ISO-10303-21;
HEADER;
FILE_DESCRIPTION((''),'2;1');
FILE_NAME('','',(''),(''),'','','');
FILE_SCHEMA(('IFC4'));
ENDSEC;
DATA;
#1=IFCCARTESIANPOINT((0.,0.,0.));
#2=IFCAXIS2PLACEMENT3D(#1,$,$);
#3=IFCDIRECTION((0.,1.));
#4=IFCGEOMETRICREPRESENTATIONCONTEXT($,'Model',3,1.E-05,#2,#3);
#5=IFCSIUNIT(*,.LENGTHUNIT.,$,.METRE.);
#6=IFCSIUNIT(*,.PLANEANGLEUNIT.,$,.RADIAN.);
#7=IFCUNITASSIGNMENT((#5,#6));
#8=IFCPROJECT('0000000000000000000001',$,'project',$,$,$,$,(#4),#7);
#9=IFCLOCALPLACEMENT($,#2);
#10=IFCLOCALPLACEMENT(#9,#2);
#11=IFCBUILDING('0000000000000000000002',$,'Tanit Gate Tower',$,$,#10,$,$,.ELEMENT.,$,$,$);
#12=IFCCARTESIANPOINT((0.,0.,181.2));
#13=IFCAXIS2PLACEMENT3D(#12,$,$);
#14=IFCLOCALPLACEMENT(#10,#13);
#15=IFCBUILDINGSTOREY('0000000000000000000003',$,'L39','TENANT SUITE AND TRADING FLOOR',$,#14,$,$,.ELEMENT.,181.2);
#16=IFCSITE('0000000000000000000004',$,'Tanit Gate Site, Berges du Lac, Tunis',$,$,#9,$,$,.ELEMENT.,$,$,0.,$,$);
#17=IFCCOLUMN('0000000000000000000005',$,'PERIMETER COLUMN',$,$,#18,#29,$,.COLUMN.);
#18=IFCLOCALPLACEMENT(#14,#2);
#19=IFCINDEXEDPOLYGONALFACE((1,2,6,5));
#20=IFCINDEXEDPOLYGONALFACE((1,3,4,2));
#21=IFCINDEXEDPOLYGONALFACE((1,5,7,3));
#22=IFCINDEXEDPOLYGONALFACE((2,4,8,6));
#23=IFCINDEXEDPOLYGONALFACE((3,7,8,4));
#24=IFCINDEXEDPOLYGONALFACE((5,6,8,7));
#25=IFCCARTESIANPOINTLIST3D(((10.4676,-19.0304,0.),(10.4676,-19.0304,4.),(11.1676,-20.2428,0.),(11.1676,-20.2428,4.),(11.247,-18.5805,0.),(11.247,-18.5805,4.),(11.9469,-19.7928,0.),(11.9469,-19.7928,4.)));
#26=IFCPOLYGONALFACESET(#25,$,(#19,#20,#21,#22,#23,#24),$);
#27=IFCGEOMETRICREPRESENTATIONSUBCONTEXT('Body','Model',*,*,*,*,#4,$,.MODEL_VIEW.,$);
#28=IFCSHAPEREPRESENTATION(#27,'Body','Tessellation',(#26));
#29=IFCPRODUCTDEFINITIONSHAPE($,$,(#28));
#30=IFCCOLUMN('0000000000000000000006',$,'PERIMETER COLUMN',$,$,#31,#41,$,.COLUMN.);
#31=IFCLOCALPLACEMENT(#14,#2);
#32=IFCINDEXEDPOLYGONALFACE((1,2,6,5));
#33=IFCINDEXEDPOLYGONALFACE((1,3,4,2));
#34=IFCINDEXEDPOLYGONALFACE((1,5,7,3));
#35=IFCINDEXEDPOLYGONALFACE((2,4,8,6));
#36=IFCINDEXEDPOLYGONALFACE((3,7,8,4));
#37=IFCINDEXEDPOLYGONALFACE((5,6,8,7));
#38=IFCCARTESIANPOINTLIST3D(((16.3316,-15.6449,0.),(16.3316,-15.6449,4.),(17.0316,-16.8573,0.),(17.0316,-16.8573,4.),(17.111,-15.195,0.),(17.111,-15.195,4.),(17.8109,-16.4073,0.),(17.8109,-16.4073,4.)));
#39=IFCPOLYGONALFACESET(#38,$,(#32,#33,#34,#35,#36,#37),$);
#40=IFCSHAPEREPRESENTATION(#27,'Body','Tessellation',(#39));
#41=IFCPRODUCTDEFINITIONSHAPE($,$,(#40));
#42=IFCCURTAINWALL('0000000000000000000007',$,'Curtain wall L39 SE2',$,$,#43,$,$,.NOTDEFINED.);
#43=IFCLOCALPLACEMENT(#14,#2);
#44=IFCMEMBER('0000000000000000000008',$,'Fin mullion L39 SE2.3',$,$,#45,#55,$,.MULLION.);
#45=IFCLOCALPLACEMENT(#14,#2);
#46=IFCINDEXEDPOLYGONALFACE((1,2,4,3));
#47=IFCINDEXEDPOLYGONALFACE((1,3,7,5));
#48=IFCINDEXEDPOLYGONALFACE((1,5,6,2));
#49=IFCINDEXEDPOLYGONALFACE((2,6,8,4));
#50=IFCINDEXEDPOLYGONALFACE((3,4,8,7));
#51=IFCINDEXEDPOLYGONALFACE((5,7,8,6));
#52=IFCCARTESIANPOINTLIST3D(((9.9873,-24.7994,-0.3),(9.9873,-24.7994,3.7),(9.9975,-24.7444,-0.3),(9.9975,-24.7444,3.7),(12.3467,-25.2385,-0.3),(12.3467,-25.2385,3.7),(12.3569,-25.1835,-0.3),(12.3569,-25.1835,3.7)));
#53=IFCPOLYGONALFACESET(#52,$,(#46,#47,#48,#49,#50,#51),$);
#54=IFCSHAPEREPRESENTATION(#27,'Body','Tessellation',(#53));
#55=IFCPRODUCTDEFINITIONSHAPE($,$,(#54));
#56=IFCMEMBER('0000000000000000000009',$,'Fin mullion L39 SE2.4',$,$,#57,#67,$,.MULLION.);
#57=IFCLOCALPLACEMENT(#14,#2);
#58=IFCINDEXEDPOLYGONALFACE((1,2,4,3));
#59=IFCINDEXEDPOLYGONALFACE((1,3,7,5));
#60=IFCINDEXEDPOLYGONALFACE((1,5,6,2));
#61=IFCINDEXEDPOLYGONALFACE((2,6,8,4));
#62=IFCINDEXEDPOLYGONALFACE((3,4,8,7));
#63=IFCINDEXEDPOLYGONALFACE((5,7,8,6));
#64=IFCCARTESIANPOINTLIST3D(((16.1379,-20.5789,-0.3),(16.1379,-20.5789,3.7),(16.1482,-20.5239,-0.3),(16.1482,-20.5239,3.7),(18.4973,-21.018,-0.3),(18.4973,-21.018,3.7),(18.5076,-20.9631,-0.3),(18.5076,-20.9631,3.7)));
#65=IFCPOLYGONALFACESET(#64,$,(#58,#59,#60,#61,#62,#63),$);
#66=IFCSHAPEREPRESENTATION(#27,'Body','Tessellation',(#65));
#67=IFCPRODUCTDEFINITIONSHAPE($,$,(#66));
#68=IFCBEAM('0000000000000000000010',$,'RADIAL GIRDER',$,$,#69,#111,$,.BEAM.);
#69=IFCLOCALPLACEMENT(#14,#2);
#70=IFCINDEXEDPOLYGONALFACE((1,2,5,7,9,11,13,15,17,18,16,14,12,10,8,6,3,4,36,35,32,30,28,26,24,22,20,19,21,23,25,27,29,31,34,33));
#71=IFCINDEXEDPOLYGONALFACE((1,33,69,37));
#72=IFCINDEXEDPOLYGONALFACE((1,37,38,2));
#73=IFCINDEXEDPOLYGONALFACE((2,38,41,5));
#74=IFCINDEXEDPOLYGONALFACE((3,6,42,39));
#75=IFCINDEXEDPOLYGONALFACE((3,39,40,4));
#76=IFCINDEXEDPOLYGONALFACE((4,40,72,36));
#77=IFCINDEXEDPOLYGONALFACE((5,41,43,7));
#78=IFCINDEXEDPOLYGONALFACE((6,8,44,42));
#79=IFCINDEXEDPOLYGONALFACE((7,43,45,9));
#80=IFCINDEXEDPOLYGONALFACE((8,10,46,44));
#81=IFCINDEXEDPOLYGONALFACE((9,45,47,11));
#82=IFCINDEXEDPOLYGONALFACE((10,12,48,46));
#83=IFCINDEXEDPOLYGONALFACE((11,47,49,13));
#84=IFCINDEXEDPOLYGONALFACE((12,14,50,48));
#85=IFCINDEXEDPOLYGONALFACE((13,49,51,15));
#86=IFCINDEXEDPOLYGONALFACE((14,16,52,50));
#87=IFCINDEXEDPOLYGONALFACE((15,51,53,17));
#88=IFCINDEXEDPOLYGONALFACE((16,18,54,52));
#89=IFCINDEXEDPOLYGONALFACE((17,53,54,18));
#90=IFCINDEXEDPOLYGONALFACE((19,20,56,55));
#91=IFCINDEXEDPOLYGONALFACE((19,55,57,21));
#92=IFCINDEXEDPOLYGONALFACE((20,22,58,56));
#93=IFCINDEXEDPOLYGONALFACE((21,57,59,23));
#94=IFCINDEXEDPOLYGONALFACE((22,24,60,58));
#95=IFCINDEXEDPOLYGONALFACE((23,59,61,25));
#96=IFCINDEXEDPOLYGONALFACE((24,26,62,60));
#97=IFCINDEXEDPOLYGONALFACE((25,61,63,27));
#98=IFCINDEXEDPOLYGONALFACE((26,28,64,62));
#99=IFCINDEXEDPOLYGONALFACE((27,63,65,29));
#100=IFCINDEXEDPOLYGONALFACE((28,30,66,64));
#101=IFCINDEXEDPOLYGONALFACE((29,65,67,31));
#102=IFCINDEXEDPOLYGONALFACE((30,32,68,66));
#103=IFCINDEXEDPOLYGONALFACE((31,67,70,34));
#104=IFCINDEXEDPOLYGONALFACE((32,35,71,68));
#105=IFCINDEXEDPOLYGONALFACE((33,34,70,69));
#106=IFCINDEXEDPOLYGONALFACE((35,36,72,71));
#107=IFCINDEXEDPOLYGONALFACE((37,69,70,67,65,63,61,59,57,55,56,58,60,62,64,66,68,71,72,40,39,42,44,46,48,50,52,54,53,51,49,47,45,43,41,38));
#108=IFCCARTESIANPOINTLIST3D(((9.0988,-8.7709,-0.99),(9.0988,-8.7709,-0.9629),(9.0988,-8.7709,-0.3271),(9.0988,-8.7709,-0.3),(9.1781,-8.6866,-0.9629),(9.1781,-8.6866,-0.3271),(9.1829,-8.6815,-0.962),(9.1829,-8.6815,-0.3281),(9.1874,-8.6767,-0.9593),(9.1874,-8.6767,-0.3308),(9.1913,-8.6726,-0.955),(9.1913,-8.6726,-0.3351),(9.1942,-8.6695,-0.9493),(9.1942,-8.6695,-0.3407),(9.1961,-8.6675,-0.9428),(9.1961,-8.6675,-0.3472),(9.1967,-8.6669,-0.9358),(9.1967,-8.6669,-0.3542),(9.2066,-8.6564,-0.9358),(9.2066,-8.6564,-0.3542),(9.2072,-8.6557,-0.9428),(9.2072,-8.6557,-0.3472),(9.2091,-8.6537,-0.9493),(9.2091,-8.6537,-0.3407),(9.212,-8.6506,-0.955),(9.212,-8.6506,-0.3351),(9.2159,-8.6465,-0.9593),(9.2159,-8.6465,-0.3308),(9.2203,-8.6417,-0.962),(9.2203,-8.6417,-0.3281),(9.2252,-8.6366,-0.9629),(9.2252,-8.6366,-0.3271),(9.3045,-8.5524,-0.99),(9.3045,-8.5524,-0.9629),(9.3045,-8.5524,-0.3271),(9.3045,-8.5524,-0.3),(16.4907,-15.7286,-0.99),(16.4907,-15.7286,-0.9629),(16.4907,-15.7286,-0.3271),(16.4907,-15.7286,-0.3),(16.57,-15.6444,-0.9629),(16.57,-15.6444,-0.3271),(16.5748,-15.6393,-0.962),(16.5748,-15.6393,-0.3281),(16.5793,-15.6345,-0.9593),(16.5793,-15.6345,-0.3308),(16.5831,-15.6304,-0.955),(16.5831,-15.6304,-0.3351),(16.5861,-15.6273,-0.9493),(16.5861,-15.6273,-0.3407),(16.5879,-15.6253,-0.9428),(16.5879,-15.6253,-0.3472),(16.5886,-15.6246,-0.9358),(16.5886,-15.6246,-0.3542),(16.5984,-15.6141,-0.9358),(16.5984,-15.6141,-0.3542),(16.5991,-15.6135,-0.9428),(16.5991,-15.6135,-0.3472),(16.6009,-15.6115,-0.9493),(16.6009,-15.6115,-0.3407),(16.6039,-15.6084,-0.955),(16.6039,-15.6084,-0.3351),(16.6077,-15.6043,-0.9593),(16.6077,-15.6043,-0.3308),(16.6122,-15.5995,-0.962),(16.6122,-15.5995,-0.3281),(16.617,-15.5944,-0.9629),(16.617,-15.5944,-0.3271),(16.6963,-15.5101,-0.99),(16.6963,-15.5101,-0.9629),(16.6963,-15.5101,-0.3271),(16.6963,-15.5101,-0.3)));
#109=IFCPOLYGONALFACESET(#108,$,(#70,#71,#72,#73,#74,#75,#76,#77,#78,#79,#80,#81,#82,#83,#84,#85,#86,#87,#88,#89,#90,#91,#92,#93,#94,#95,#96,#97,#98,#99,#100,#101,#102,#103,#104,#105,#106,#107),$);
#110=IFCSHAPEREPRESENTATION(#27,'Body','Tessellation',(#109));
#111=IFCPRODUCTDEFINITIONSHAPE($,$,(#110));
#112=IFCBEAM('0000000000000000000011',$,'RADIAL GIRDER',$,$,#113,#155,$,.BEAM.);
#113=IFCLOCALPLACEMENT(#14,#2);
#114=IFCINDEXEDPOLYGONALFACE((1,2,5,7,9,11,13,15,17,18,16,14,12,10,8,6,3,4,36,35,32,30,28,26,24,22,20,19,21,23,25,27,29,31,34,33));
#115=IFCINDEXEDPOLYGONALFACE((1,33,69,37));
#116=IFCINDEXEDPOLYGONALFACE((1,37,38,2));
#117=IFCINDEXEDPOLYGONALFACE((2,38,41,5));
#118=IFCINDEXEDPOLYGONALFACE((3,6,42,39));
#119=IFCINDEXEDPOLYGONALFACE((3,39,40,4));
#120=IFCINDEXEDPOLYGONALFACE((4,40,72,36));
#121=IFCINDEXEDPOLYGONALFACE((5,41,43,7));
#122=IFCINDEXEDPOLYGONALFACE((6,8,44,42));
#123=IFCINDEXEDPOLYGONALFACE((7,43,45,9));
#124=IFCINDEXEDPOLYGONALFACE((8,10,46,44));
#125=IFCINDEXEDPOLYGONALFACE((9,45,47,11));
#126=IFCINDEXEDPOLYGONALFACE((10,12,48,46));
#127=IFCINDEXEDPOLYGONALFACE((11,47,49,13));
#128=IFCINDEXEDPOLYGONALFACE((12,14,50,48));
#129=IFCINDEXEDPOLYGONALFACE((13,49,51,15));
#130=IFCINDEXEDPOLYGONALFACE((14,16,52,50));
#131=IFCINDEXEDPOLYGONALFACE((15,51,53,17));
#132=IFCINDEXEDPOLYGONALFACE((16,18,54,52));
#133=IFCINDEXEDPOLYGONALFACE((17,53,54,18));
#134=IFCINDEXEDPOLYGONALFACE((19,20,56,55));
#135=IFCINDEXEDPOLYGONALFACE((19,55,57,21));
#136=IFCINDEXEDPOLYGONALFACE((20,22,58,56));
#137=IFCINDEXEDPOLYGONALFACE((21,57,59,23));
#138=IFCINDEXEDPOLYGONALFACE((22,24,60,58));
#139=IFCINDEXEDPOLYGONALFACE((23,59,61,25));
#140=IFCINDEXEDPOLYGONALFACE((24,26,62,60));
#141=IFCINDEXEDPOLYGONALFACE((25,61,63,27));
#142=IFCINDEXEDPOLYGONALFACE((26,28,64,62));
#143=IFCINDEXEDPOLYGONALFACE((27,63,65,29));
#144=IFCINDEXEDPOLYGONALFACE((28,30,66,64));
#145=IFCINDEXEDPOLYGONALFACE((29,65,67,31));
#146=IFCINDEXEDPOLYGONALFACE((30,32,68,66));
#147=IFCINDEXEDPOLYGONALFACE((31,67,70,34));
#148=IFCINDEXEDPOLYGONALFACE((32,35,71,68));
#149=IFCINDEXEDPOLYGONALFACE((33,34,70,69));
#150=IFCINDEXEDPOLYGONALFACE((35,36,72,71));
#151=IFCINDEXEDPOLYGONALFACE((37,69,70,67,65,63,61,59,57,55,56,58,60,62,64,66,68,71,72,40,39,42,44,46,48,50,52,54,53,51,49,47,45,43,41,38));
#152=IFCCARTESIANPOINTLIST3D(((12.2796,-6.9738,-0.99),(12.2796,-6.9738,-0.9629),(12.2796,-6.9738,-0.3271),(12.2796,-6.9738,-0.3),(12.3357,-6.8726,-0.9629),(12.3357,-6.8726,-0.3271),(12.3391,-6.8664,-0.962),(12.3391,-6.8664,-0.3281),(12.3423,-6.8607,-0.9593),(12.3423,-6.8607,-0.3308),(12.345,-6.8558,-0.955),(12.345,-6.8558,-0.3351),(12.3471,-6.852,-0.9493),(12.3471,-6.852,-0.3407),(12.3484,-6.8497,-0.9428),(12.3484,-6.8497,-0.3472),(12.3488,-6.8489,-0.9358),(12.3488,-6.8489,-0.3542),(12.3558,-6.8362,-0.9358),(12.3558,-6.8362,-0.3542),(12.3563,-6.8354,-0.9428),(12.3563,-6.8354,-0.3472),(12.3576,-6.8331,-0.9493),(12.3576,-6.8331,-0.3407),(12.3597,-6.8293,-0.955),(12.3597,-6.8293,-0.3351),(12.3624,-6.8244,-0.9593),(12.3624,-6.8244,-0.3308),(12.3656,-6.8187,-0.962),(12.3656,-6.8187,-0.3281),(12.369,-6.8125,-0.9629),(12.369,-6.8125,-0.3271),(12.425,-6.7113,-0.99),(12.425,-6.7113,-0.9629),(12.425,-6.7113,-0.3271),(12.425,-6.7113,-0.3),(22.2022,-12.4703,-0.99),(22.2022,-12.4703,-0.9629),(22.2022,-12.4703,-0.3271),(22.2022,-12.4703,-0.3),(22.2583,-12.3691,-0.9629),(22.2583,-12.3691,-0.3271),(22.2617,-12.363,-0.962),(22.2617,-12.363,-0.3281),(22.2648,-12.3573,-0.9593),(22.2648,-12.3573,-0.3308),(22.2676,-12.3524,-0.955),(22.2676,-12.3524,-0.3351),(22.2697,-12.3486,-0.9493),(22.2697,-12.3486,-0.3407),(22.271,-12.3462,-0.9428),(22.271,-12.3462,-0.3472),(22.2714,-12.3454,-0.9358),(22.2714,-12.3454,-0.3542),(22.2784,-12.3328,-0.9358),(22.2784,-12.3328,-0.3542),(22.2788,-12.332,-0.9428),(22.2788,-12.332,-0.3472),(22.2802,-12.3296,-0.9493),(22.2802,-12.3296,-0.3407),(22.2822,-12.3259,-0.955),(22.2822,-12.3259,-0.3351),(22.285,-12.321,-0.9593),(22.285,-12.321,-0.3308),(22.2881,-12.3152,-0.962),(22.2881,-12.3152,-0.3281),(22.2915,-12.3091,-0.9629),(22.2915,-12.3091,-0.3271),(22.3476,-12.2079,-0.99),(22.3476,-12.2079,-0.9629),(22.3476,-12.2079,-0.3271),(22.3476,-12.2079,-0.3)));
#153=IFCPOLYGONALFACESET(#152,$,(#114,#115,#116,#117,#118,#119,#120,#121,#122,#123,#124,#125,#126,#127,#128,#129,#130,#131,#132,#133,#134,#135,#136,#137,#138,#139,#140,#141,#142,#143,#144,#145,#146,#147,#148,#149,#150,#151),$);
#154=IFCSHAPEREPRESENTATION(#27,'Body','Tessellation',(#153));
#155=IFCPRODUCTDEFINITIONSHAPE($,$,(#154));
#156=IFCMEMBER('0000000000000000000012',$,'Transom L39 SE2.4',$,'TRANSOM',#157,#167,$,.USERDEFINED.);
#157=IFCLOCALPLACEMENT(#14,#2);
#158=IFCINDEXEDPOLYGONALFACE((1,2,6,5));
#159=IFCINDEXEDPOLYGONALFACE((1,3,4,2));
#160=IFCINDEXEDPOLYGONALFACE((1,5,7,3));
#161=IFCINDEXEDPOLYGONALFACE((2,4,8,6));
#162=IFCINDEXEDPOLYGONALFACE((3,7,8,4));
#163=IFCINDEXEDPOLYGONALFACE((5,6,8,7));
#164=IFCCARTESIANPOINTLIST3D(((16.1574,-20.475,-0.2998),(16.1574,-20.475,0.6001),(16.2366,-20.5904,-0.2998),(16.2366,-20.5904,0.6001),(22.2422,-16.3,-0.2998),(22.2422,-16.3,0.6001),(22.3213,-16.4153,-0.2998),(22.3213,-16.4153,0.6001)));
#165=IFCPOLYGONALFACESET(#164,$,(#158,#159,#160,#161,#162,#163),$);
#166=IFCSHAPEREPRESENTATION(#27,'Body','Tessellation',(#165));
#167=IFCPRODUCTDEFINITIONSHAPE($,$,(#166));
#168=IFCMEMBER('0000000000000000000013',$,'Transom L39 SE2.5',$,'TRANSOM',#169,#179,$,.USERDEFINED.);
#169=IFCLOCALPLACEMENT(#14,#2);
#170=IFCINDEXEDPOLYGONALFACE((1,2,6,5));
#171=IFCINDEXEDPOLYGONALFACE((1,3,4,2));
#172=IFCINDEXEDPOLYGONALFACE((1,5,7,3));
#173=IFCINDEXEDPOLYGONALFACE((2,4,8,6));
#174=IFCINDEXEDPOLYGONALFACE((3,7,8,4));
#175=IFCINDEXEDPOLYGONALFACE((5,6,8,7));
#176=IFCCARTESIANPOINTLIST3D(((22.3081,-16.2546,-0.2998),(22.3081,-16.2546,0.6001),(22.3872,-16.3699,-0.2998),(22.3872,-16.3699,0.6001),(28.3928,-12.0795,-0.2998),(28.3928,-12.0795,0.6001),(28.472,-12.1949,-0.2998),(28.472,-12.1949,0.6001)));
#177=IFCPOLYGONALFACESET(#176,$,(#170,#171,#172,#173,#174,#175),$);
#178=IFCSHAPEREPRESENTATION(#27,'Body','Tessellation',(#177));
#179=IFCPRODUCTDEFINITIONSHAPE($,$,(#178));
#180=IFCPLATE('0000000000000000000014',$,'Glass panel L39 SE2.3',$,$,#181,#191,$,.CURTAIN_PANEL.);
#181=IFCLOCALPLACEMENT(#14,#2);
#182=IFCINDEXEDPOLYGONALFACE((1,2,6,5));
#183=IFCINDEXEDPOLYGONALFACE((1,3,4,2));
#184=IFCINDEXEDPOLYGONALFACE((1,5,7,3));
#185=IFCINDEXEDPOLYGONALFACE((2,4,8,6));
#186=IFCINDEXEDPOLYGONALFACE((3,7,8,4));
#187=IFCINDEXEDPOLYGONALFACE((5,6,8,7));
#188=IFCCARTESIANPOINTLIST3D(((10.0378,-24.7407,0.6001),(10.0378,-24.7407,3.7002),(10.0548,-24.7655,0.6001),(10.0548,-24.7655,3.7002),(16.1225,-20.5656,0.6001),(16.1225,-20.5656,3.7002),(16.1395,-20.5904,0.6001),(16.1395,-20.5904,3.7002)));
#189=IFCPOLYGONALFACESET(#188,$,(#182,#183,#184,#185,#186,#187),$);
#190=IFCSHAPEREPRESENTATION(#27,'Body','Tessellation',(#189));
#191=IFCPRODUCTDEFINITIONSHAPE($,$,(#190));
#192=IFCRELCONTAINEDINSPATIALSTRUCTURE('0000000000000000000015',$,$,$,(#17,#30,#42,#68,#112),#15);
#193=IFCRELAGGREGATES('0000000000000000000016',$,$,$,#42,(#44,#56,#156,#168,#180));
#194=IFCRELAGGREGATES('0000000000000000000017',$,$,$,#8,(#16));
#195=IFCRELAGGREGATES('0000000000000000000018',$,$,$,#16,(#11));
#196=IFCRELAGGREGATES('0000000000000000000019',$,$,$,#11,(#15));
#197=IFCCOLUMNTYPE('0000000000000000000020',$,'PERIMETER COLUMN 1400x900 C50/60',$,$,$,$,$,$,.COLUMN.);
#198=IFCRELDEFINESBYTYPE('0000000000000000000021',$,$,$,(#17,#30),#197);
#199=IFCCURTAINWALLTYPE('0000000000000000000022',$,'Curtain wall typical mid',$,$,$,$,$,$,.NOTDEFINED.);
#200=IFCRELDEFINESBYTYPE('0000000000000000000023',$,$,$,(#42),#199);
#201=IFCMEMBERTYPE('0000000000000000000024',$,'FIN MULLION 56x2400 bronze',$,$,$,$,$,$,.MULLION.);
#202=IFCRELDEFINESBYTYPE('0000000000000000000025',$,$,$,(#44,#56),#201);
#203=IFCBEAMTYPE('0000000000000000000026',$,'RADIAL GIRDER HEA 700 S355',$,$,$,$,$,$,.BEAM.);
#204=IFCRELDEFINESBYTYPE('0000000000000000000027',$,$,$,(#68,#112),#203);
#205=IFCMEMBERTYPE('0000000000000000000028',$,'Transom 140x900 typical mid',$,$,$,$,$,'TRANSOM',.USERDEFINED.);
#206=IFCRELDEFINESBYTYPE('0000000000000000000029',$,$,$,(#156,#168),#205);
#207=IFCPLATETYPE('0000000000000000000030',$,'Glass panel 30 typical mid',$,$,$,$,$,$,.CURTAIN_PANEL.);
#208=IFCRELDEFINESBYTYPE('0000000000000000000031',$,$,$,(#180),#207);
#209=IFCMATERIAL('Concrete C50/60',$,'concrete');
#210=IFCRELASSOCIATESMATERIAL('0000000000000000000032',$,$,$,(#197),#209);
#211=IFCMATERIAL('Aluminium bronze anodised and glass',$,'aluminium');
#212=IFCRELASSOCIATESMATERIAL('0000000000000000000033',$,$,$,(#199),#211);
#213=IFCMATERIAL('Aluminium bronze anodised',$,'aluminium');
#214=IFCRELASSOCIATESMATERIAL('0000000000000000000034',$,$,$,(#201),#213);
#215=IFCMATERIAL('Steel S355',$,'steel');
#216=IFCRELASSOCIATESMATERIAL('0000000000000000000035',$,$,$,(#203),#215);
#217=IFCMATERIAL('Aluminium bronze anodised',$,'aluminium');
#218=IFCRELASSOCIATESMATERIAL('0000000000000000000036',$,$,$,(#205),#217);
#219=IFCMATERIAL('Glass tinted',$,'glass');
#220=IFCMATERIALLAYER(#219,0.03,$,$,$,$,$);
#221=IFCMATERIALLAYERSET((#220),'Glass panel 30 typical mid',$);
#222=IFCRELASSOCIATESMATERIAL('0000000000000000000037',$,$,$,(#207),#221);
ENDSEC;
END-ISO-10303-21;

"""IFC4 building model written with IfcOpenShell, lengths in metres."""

from ifc_helpers import new_model, si_unit, direction, frame, origin, origin_2d, place, context, subcontext, project, spatial, rectangle, i_section, extrude, material, layer, layer_set, material_profile, profile_set, type_object, element, aggregate, save


model = new_model("IFC4")

# Units and contexts
model_context = context("Model", 3, precision=1e-05, world=origin(), true_north=direction((0.0, 1.0)))
body_context = subcontext(model_context, "Body", "Model", "MODEL_VIEW")
ifc_project = project(units=[si_unit("LENGTHUNIT", "METRE"), si_unit("PLANEANGLEUNIT", "RADIAN")], contexts=[model_context])

# Site, building, storey
site_placement = place(None, origin())
site = spatial("IfcSite", under=ifc_project, at=site_placement, Name="Tanit Gate Site, Berges du Lac, Tunis", CompositionType="ELEMENT", RefElevation=0.0)
building_placement = place(site_placement, origin())
building = spatial("IfcBuilding", under=site, at=building_placement, Name="Tanit Gate Tower", CompositionType="ELEMENT")
storey_placement = place(building_placement, frame((0.0, 0.0, 181.2)))
storey = spatial("IfcBuildingStorey", under=building, at=storey_placement, Name="L39", Description="TENANT SUITE AND TRADING FLOOR", CompositionType="ELEMENT", Elevation=181.2)

# Columns
ifc_material_1 = material(Name="Concrete C50/60", Category="concrete")
ifc_material_profile_1 = material_profile(ifc_material_1, rectangle(XDim=1.3999, YDim=0.8999, at=origin_2d()), Name="RC 1400x900")
ifc_profile_set_1 = profile_set([ifc_material_profile_1], Name="Concrete C50/60")
column_type = type_object("IfcColumnType", Name="PERIMETER COLUMN 1400x900 C50/60", PredefinedType="COLUMN", material=ifc_profile_set_1)
for number, where, z_axis, x_axis, name in (
    (1, (11.2073, -19.4116, 0.0), (0.0, 0.0, 1.0), (0.5, -0.866025, 0.0), "PERIMETER COLUMN"),
    (2, (17.0713, -16.0261, 0.0), (0.0, 0.0, 1.0), (0.5, -0.866025, 0.0), "PERIMETER COLUMN"),
):
    element("IfcColumn", number, at=place(storey_placement, frame(where, z_axis=z_axis, x_axis=x_axis)), inside=storey, type_object=column_type, Name=name, PredefinedType="COLUMN", context=body_context, shape_type="SweptSolid", body=[
        extrude(rectangle(XDim=1.3999, YDim=0.8999, at=origin_2d()), origin(), (0.0, 0.0, 1.0), 4.0),
    ])

# Curtain wall, members
ifc_material_2 = material(Name="Aluminium bronze anodised and glass", Category="aluminium")
curtain_wall_type = type_object("IfcCurtainWallType", Name="Curtain wall typical mid", PredefinedType="NOTDEFINED", material=ifc_material_2)
curtain_wall_placement = place(storey_placement, origin())
curtain_wall = element("IfcCurtainWall", 3, at=curtain_wall_placement, inside=storey, type_object=curtain_wall_type, Name="Curtain wall L39 SE2", PredefinedType="NOTDEFINED")
ifc_material_3 = material(Name="Aluminium bronze anodised", Category="aluminium")
ifc_material_profile_2 = material_profile(ifc_material_3, rectangle(XDim=2.3999, YDim=0.0559, at=origin_2d()), Name="56x2400 bronze fin mullion")
ifc_profile_set_2 = profile_set([ifc_material_profile_2], Name="Aluminium bronze anodised")
member_type_1 = type_object("IfcMemberType", Name="FIN MULLION 56x2400 bronze", PredefinedType="MULLION", material=ifc_profile_set_2)
member_1_placement = place(storey_placement, frame((11.1721, -24.9915, -0.3), z_axis=(0.0, 0.0, 1.0), x_axis=(-0.983116, 0.182983, 0.0)))
member_1 = element("IfcMember", 4, at=member_1_placement, type_object=member_type_1, Name="Fin mullion L39 SE2.3", PredefinedType="MULLION", context=body_context, shape_type="SweptSolid", body=[
    extrude(rectangle(XDim=2.3999, YDim=0.0559, at=origin_2d()), origin(), (0.0, 0.0, 1.0), 4.0),
])
member_2_placement = place(storey_placement, frame((17.3228, -20.771, -0.3), z_axis=(0.0, 0.0, 1.0), x_axis=(-0.983116, 0.182983, 0.0)))
member_2 = element("IfcMember", 5, at=member_2_placement, type_object=member_type_1, Name="Fin mullion L39 SE2.4", PredefinedType="MULLION", context=body_context, shape_type="SweptSolid", body=[
    extrude(rectangle(XDim=2.3999, YDim=0.0559, at=origin_2d()), origin(), (0.0, 0.0, 1.0), 4.0),
])

# Beams
ifc_material_4 = material(Name="Steel S355", Category="steel")
ifc_material_profile_3 = material_profile(ifc_material_4, i_section(OverallWidth=0.3, OverallDepth=0.6899, WebThickness=0.0144, FlangeThickness=0.0271, FilletRadius=0.0271, at=origin_2d()), Name="HEA 700")
ifc_profile_set_3 = profile_set([ifc_material_profile_3], Name="Steel S355")
beam_type = type_object("IfcBeamType", Name="RADIAL GIRDER HEA 700 S355", PredefinedType="BEAM", material=ifc_profile_set_3)
beam_1_placement = place(storey_placement, frame((16.5935, -15.6194, -0.645), z_axis=(-0.728164, 0.685403, 0.0), x_axis=(-0.685403, -0.728164, 0.0)))
element("IfcBeam", 6, at=beam_1_placement, inside=storey, type_object=beam_type, Name="RADIAL GIRDER", PredefinedType="BEAM", context=body_context, shape_type="SweptSolid", body=[
    extrude(i_section(OverallWidth=0.3, OverallDepth=0.6899, WebThickness=0.0144, FlangeThickness=0.0271, FilletRadius=0.0271, at=origin_2d()), origin(), (0.0, 0.0, 1.0), 10.1514),
])
beam_2_placement = place(storey_placement, frame((22.2749, -12.3391, -0.645), z_axis=(-0.874755, 0.484566, 0.0), x_axis=(-0.484566, -0.874755, 0.0)))
element("IfcBeam", 7, at=beam_2_placement, inside=storey, type_object=beam_type, Name="RADIAL GIRDER", PredefinedType="BEAM", context=body_context, shape_type="SweptSolid", body=[
    extrude(i_section(OverallWidth=0.3, OverallDepth=0.6899, WebThickness=0.0144, FlangeThickness=0.0271, FilletRadius=0.0271, at=origin_2d()), origin(), (0.0, 0.0, 1.0), 11.3433),
])

# Members
ifc_material_5 = material(Name="Aluminium bronze anodised", Category="aluminium")
ifc_material_profile_4 = material_profile(ifc_material_5, rectangle(XDim=0.1399, YDim=0.8999, at=origin_2d()), Name="140x900 bronze transom")
ifc_profile_set_4 = profile_set([ifc_material_profile_4], Name="Aluminium bronze anodised")
member_type_2 = type_object("IfcMemberType", Name="Transom 140x900 typical mid", ElementType="TRANSOM", PredefinedType="USERDEFINED", material=ifc_profile_set_4)
member_3_placement = place(storey_placement, frame((16.197, -20.5327, 0.1501), z_axis=(0.82456, 0.565775, 0.0), x_axis=(-0.565775, 0.82456, 0.0)))
member_3 = element("IfcMember", 8, at=member_3_placement, type_object=member_type_2, Name="Transom L39 SE2.4", ObjectType="TRANSOM", PredefinedType="USERDEFINED", context=body_context, shape_type="SweptSolid", body=[
    extrude(rectangle(XDim=0.1399, YDim=0.8999, at=origin_2d()), origin(), (0.0, 0.0, 1.0), 7.3794),
])
member_4_placement = place(storey_placement, frame((22.3477, -16.3123, 0.1501), z_axis=(0.82456, 0.565775, 0.0), x_axis=(-0.565775, 0.82456, 0.0)))
member_4 = element("IfcMember", 9, at=member_4_placement, type_object=member_type_2, Name="Transom L39 SE2.5", ObjectType="TRANSOM", PredefinedType="USERDEFINED", context=body_context, shape_type="SweptSolid", body=[
    extrude(rectangle(XDim=0.1399, YDim=0.8999, at=origin_2d()), origin(), (0.0, 0.0, 1.0), 7.3794),
])

# Plate
ifc_material_6 = material(Name="Glass tinted", Category="glass")
ifc_layer_1 = layer(ifc_material_6, 0.03)
ifc_layer_set_1 = layer_set([ifc_layer_1], Name="Glass panel 30 typical mid")
plate_type = type_object("IfcPlateType", Name="Glass panel 30 typical mid", PredefinedType="CURTAIN_PANEL", material=ifc_layer_set_1)
plate_1_placement = place(storey_placement, frame((13.0886, -22.6655, 0.6001), z_axis=(0.0, 0.0, 1.0), x_axis=(0.824557, 0.56578, 0.0)))
plate_1 = element("IfcPlate", 10, at=plate_1_placement, type_object=plate_type, Name="Glass panel L39 SE2.3", PredefinedType="CURTAIN_PANEL", context=body_context, shape_type="SweptSolid", body=[
    extrude(rectangle(XDim=7.3794, YDim=0.03, at=origin_2d()), origin(), (0.0, 0.0, 1.0), 3.1001),
])
aggregate(curtain_wall, [member_1, member_2, member_3, member_4, plate_1])

save(model, "model.ifc")
